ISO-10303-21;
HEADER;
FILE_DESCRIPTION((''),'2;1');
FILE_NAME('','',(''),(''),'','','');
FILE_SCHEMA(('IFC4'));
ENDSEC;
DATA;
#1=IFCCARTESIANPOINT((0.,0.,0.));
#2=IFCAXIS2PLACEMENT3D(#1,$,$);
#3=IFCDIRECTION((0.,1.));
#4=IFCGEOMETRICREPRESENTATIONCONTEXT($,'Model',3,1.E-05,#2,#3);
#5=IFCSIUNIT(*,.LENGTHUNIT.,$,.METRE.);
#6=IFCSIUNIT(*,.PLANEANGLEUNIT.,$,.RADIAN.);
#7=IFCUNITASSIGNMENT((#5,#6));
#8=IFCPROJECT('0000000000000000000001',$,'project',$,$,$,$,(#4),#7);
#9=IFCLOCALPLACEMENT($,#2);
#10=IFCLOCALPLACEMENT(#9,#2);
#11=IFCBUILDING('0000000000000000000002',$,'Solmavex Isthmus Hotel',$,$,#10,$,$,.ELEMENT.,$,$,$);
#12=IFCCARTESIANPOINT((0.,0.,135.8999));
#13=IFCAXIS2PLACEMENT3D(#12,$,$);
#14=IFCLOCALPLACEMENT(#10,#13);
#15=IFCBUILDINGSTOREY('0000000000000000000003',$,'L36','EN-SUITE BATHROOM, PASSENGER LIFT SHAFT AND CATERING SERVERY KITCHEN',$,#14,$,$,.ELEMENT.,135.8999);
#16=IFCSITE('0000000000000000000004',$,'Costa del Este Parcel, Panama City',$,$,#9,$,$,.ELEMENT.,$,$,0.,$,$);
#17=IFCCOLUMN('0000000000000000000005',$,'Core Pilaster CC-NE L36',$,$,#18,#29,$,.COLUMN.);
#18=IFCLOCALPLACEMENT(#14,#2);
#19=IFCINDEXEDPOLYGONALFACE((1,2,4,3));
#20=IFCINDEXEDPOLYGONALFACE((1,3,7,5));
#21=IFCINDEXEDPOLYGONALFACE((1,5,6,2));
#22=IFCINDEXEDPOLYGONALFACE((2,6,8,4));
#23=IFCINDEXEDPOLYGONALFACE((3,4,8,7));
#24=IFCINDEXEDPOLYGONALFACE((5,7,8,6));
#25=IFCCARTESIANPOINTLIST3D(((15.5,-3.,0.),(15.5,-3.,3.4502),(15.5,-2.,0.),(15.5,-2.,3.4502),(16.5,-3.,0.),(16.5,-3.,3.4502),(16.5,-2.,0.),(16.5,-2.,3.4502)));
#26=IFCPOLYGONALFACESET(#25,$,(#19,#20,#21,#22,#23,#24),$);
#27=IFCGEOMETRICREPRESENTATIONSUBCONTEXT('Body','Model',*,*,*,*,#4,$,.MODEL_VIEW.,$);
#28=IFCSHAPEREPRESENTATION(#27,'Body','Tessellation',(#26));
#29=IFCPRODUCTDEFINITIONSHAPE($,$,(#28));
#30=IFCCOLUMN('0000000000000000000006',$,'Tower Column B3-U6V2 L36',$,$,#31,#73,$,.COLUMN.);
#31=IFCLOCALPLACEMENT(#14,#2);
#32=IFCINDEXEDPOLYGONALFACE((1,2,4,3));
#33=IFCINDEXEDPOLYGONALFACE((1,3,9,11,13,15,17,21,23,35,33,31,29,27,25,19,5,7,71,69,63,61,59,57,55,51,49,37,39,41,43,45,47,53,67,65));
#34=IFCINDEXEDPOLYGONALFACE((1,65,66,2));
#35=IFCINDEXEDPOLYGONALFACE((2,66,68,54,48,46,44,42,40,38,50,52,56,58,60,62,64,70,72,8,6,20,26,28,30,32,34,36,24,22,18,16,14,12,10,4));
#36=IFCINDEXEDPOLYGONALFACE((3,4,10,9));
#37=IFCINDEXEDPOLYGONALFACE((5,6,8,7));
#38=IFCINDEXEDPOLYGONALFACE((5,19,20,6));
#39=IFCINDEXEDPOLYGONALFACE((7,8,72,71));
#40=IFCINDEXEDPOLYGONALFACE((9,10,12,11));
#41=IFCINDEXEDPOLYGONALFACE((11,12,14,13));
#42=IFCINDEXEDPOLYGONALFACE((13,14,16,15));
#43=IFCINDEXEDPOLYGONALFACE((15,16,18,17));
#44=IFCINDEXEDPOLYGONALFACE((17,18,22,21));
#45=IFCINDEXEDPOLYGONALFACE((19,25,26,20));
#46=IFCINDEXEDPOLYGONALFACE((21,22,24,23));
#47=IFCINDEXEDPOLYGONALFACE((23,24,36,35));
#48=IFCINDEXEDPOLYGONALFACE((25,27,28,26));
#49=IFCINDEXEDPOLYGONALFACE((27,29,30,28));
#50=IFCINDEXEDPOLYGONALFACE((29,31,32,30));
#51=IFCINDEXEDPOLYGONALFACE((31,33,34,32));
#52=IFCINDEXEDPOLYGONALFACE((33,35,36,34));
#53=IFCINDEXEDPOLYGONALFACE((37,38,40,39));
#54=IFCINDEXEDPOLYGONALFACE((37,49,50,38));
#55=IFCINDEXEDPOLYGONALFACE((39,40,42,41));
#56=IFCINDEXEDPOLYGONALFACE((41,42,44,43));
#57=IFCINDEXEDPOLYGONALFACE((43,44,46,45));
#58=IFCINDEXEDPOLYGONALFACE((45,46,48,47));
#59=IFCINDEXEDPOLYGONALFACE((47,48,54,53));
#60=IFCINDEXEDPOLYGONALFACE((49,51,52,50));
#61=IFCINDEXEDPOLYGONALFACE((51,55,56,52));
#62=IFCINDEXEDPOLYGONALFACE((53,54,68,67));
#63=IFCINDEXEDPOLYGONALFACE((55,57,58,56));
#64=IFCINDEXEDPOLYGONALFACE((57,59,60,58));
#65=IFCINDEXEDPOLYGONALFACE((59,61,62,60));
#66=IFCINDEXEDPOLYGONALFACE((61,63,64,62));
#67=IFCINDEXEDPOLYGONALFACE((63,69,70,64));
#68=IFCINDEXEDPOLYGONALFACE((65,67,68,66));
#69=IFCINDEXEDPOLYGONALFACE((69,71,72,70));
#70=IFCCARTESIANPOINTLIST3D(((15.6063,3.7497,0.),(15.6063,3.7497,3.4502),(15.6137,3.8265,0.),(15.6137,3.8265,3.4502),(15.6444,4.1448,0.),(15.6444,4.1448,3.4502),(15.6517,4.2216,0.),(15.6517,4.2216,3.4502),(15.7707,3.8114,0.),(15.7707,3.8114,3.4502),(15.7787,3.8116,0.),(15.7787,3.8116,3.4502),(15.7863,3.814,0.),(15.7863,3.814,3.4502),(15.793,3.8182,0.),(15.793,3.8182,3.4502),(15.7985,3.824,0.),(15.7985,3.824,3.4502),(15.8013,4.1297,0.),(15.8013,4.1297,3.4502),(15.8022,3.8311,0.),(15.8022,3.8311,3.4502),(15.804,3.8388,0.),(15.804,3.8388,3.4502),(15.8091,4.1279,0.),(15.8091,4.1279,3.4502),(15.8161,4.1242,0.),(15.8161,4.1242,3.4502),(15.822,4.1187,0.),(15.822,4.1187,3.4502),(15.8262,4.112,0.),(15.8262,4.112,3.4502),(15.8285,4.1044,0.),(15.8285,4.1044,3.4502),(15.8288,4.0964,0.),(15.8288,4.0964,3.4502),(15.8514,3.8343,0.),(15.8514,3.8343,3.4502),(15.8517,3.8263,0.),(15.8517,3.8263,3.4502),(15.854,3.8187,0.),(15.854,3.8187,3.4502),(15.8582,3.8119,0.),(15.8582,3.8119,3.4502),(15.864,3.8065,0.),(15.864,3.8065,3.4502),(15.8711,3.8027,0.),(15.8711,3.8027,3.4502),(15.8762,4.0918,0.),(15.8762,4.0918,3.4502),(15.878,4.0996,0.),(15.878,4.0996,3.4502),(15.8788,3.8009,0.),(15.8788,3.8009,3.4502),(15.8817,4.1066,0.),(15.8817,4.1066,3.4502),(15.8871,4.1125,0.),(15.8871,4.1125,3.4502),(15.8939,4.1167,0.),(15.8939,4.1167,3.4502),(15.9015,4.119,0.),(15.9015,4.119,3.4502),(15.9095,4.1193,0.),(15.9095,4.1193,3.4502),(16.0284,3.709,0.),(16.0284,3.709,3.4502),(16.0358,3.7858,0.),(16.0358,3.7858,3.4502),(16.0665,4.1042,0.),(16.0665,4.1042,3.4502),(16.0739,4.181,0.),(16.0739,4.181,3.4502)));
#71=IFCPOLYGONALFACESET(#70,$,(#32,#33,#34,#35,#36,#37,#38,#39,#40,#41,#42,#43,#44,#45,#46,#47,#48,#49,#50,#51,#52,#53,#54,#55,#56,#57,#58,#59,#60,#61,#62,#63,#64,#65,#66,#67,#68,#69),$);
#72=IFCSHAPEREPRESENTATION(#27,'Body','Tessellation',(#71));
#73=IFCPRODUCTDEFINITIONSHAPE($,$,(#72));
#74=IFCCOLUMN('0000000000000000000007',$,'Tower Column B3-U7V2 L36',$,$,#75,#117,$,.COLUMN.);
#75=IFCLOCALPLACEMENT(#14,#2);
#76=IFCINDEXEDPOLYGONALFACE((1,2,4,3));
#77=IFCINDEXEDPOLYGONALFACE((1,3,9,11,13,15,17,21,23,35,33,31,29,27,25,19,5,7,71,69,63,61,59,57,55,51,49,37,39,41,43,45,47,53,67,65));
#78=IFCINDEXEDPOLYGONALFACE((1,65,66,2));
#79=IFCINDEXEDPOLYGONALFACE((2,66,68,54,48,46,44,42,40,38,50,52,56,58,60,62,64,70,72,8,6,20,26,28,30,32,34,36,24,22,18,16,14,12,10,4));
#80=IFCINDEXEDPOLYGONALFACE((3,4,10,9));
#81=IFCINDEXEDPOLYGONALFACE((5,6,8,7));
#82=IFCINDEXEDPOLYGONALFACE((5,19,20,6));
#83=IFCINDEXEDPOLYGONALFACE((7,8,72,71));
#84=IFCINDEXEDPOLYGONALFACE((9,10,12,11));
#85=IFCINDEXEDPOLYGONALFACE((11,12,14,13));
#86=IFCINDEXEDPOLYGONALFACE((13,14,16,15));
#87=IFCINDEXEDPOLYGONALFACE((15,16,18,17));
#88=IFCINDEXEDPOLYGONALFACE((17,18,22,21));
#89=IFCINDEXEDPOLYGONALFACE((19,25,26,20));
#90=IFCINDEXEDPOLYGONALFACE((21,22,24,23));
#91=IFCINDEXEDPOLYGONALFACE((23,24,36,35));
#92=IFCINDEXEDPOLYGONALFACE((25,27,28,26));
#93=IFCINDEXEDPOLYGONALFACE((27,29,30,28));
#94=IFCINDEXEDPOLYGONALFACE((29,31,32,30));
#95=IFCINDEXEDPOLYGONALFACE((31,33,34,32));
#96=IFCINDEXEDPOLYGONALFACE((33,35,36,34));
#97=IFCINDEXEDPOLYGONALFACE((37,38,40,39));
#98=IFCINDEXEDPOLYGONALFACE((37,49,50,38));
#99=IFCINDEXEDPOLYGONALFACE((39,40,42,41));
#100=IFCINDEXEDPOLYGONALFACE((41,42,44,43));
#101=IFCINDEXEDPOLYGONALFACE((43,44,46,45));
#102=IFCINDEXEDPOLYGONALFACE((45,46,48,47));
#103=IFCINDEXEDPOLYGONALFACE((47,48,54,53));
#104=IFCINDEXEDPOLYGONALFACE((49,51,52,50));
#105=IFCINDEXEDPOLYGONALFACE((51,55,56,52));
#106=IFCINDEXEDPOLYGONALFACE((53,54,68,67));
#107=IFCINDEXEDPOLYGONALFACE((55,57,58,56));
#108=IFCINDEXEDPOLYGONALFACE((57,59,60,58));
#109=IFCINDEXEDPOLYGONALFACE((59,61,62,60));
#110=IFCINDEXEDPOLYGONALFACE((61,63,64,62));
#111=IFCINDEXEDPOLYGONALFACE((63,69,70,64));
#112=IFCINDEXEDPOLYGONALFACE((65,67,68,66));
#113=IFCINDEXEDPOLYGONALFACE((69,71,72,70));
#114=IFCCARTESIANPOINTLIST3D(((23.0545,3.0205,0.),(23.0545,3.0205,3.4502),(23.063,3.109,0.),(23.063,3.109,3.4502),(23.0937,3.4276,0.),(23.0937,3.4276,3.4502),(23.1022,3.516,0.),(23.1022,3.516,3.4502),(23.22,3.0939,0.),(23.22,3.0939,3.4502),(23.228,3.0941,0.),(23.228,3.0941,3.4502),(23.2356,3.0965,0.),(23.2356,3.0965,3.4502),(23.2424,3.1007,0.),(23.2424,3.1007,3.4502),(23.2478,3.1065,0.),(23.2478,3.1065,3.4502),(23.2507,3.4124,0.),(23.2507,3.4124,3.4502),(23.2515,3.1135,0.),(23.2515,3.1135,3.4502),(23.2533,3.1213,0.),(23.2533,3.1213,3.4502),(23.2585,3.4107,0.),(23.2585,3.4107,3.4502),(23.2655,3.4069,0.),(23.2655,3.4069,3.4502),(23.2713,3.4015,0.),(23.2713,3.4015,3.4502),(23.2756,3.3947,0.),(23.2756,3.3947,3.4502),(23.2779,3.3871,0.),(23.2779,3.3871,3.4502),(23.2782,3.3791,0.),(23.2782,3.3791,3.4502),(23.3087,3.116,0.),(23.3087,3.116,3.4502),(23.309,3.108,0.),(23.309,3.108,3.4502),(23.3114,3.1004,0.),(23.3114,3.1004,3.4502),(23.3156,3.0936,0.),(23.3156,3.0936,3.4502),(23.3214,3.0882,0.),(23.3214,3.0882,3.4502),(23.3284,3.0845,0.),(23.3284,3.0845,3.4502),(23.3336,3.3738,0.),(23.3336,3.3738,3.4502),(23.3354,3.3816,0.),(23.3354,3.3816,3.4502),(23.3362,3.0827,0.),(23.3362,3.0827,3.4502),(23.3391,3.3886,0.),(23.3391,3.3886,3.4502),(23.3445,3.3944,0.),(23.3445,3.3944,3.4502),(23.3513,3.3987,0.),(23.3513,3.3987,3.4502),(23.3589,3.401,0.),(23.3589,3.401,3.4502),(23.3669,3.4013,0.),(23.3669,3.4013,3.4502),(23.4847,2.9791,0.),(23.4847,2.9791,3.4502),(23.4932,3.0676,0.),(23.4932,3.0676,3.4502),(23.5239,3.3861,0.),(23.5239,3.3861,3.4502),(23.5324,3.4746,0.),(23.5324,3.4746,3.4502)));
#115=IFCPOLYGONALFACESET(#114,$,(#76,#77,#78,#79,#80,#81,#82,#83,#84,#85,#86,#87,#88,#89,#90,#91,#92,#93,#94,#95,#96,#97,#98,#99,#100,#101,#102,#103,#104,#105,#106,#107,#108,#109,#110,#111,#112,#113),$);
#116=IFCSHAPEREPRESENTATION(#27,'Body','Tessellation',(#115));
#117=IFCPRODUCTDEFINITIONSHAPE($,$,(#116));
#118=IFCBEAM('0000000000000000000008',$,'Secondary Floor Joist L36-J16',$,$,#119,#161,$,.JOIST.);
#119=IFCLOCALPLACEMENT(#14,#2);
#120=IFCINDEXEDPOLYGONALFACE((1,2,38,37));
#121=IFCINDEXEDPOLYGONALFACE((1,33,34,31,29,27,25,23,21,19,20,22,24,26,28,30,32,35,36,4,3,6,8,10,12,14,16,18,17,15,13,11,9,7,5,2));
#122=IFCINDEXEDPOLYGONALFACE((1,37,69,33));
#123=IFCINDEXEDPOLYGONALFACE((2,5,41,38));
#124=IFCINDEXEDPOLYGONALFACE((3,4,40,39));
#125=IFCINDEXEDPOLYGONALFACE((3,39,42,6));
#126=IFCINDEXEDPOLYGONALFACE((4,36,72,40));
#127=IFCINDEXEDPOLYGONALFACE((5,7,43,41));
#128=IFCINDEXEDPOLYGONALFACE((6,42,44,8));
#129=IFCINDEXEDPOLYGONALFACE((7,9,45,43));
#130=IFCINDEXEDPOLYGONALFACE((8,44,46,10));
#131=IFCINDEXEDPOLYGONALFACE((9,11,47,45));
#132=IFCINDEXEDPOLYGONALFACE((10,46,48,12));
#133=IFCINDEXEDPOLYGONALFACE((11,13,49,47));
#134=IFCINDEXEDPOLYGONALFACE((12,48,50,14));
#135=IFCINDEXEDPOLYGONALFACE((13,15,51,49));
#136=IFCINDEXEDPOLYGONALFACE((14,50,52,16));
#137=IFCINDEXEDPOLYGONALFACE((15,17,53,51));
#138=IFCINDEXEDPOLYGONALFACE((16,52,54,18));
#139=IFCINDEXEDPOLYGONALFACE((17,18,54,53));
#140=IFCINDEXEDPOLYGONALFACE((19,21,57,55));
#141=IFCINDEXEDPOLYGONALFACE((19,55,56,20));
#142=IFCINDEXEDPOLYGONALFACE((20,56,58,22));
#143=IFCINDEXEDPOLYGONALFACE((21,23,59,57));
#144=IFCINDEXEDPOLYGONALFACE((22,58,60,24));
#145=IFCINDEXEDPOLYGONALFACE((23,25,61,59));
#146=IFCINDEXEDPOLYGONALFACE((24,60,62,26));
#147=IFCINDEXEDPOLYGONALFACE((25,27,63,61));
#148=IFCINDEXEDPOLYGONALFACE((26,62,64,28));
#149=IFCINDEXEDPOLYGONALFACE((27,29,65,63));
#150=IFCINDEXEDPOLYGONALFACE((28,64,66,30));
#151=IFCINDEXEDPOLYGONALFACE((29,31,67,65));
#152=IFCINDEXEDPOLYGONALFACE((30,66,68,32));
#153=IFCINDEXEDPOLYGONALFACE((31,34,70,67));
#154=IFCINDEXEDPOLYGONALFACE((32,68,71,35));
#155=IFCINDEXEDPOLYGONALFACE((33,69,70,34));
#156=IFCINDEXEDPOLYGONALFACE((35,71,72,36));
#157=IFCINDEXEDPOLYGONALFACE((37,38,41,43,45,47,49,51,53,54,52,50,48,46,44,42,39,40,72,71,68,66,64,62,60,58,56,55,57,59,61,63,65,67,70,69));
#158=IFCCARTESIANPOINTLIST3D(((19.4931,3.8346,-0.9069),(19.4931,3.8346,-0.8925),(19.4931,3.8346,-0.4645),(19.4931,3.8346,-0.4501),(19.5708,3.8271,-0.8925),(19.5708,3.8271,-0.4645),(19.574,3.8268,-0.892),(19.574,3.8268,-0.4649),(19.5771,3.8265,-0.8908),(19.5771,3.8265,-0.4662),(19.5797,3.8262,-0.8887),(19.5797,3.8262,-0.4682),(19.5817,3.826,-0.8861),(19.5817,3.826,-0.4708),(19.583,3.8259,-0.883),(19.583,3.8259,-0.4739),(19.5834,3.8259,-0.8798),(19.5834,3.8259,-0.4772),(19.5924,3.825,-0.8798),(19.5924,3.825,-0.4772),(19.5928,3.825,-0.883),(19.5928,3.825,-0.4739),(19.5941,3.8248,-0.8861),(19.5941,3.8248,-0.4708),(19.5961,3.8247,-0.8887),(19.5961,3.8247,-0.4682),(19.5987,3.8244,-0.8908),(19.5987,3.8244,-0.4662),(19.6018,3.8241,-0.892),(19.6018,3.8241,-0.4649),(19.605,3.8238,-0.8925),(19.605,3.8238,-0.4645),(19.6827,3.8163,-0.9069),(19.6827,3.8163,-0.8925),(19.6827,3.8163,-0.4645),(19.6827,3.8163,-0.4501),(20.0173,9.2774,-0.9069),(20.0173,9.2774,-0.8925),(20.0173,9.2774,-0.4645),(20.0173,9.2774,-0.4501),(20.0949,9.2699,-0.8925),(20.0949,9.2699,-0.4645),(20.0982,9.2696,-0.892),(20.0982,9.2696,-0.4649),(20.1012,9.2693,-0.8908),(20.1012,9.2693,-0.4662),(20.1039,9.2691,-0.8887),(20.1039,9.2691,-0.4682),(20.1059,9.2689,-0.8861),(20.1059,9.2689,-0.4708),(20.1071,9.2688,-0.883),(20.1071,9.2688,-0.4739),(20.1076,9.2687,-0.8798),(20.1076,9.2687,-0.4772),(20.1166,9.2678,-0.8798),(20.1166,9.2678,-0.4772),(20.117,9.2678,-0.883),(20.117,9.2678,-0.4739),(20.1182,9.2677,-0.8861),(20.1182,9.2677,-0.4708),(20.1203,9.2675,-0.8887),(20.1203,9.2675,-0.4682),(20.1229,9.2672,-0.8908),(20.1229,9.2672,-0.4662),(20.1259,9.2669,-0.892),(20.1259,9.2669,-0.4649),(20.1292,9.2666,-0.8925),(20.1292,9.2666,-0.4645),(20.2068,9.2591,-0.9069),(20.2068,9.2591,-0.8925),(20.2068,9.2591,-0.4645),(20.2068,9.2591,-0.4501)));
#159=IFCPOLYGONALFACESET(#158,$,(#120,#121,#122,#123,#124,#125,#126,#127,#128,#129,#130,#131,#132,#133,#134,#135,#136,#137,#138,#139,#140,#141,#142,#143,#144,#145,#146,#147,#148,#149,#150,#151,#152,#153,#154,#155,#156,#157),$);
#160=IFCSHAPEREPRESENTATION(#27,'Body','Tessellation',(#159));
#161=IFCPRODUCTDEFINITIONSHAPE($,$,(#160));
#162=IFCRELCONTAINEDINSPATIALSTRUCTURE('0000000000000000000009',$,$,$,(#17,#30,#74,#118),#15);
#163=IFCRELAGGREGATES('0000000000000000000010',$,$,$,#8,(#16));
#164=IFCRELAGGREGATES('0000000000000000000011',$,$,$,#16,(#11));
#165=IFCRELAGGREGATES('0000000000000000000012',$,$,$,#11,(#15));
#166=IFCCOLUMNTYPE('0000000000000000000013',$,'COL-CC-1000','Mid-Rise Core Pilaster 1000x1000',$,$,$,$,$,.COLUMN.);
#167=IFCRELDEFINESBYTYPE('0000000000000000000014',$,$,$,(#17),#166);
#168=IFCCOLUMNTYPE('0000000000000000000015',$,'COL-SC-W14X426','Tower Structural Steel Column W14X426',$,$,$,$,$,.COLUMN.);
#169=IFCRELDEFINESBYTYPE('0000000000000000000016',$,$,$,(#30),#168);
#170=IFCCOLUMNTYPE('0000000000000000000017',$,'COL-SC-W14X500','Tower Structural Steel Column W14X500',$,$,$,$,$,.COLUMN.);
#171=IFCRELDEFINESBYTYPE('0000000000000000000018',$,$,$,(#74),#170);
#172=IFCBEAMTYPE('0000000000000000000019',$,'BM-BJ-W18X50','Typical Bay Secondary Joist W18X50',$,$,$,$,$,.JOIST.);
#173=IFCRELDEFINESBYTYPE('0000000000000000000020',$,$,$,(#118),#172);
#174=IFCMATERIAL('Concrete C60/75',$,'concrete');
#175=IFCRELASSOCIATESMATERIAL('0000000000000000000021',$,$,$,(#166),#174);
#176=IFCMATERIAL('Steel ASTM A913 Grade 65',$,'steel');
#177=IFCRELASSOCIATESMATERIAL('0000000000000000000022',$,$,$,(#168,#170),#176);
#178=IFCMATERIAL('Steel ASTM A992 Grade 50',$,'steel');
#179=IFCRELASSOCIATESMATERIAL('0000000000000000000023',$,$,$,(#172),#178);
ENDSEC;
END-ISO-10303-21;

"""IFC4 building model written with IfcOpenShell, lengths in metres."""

from ifc_helpers import new_model, si_unit, direction, frame, origin, origin_2d, place, context, subcontext, project, spatial, rectangle, i_section, extrude, material, material_profile, profile_set, type_object, element, save


model = new_model("IFC4")

# Units and contexts
model_context = context("Model", 3, precision=1e-05, world=origin(), true_north=direction((0.0, 1.0)))
body_context = subcontext(model_context, "Body", "Model", "MODEL_VIEW")
ifc_project = project(units=[si_unit("LENGTHUNIT", "METRE"), si_unit("PLANEANGLEUNIT", "RADIAN")], contexts=[model_context])

# Site, building, storey
site_placement = place(None, origin())
site = spatial("IfcSite", under=ifc_project, at=site_placement, Name="Costa del Este Parcel, Panama City", CompositionType="ELEMENT", RefElevation=0.0)
building_placement = place(site_placement, origin())
building = spatial("IfcBuilding", under=site, at=building_placement, Name="Solmavex Isthmus Hotel", CompositionType="ELEMENT")
storey_placement = place(building_placement, frame((0.0, 0.0, 135.8999)))
storey = spatial("IfcBuildingStorey", under=building, at=storey_placement, Name="L36", Description="EN-SUITE BATHROOM, PASSENGER LIFT SHAFT AND CATERING SERVERY KITCHEN", CompositionType="ELEMENT", Elevation=135.8999)

# Columns
ifc_material_1 = material(Name="Concrete C60/75", Category="concrete")
ifc_material_profile_1 = material_profile(ifc_material_1, rectangle(XDim=1.0, YDim=1.0, at=origin_2d()), Name="RC1000X1000")
ifc_profile_set_1 = profile_set([ifc_material_profile_1], Name="Concrete C60/75")
column_type_1 = type_object("IfcColumnType", Name="COL-CC-1000", Description="Mid-Rise Core Pilaster 1000x1000", PredefinedType="COLUMN", material=ifc_profile_set_1)
column_1_placement = place(storey_placement, frame((16.0, -2.5, 0.0), z_axis=(0.0, 0.0, 1.0), x_axis=(1.0, 0.0, 0.0)))
element("IfcColumn", 1, at=column_1_placement, inside=storey, type_object=column_type_1, Name="Core Pilaster CC-NE L36", PredefinedType="COLUMN", context=body_context, shape_type="SweptSolid", body=[
    extrude(rectangle(XDim=1.0, YDim=1.0, at=origin_2d()), origin(), (0.0, 0.0, 1.0), 3.4502),
])
ifc_material_2 = material(Name="Steel ASTM A913 Grade 65", Category="steel")
ifc_material_profile_2 = material_profile(ifc_material_2, i_section(OverallWidth=0.4241, OverallDepth=0.4741, WebThickness=0.0476, FlangeThickness=0.0771, FilletRadius=0.0305, at=origin_2d()), Name="W14X426")
ifc_profile_set_2 = profile_set([ifc_material_profile_2], Name="Steel ASTM A913 Grade 65")
column_type_2 = type_object("IfcColumnType", Name="COL-SC-W14X426", Description="Tower Structural Steel Column W14X426", PredefinedType="COLUMN", material=ifc_profile_set_2)
column_2_placement = place(storey_placement, frame((15.8401, 3.9653, 0.0), z_axis=(0.0, 0.0, 1.0), x_axis=(0.995396, -0.095846, 0.0)))
element("IfcColumn", 2, at=column_2_placement, inside=storey, type_object=column_type_2, Name="Tower Column B3-U6V2 L36", PredefinedType="COLUMN", context=body_context, shape_type="SweptSolid", body=[
    extrude(i_section(OverallWidth=0.4241, OverallDepth=0.4741, WebThickness=0.0476, FlangeThickness=0.0771, FilletRadius=0.0305, at=origin_2d()), origin(), (0.0, 0.0, 1.0), 3.4502),
])
ifc_material_profile_3 = material_profile(ifc_material_2, i_section(OverallWidth=0.4321, OverallDepth=0.4978, WebThickness=0.0557, FlangeThickness=0.0889, FilletRadius=0.0305, at=origin_2d()), Name="W14X500")
ifc_profile_set_3 = profile_set([ifc_material_profile_3], Name="Steel ASTM A913 Grade 65")
column_type_3 = type_object("IfcColumnType", Name="COL-SC-W14X500", Description="Tower Structural Steel Column W14X500", PredefinedType="COLUMN", material=ifc_profile_set_3)
column_3_placement = place(storey_placement, frame((23.2935, 3.2476, 0.0), z_axis=(0.0, 0.0, 1.0), x_axis=(0.995396, -0.095846, 0.0)))
element("IfcColumn", 3, at=column_3_placement, inside=storey, type_object=column_type_3, Name="Tower Column B3-U7V2 L36", PredefinedType="COLUMN", context=body_context, shape_type="SweptSolid", body=[
    extrude(i_section(OverallWidth=0.4321, OverallDepth=0.4978, WebThickness=0.0557, FlangeThickness=0.0889, FilletRadius=0.0305, at=origin_2d()), origin(), (0.0, 0.0, 1.0), 3.4502),
])

# Beam
ifc_material_3 = material(Name="Steel ASTM A992 Grade 50", Category="steel")
ifc_material_profile_4 = material_profile(ifc_material_3, i_section(OverallWidth=0.1904, OverallDepth=0.4568, WebThickness=0.009, FlangeThickness=0.0144, FilletRadius=0.0127, at=origin_2d()), Name="W18X50")
ifc_profile_set_4 = profile_set([ifc_material_profile_4], Name="Steel ASTM A992 Grade 50")
beam_type_1 = type_object("IfcBeamType", Name="BM-BJ-W18X50", Description="Typical Bay Secondary Joist W18X50", PredefinedType="JOIST", material=ifc_profile_set_4)
beam_1_placement = place(storey_placement, frame((19.5879, 3.8254, -0.6785), z_axis=(0.09586, 0.995395, 0.0), x_axis=(-0.995395, 0.09586, 0.0)))
element("IfcBeam", 4, at=beam_1_placement, inside=storey, type_object=beam_type_1, Name="Secondary Floor Joist L36-J16", PredefinedType="JOIST", context=body_context, shape_type="SweptSolid", body=[
    extrude(i_section(OverallWidth=0.1904, OverallDepth=0.4568, WebThickness=0.009, FlangeThickness=0.0144, FilletRadius=0.0127, at=origin_2d()), origin(), (0.0, 0.0, 1.0), 5.468),
])

save(model, "model.ifc")
